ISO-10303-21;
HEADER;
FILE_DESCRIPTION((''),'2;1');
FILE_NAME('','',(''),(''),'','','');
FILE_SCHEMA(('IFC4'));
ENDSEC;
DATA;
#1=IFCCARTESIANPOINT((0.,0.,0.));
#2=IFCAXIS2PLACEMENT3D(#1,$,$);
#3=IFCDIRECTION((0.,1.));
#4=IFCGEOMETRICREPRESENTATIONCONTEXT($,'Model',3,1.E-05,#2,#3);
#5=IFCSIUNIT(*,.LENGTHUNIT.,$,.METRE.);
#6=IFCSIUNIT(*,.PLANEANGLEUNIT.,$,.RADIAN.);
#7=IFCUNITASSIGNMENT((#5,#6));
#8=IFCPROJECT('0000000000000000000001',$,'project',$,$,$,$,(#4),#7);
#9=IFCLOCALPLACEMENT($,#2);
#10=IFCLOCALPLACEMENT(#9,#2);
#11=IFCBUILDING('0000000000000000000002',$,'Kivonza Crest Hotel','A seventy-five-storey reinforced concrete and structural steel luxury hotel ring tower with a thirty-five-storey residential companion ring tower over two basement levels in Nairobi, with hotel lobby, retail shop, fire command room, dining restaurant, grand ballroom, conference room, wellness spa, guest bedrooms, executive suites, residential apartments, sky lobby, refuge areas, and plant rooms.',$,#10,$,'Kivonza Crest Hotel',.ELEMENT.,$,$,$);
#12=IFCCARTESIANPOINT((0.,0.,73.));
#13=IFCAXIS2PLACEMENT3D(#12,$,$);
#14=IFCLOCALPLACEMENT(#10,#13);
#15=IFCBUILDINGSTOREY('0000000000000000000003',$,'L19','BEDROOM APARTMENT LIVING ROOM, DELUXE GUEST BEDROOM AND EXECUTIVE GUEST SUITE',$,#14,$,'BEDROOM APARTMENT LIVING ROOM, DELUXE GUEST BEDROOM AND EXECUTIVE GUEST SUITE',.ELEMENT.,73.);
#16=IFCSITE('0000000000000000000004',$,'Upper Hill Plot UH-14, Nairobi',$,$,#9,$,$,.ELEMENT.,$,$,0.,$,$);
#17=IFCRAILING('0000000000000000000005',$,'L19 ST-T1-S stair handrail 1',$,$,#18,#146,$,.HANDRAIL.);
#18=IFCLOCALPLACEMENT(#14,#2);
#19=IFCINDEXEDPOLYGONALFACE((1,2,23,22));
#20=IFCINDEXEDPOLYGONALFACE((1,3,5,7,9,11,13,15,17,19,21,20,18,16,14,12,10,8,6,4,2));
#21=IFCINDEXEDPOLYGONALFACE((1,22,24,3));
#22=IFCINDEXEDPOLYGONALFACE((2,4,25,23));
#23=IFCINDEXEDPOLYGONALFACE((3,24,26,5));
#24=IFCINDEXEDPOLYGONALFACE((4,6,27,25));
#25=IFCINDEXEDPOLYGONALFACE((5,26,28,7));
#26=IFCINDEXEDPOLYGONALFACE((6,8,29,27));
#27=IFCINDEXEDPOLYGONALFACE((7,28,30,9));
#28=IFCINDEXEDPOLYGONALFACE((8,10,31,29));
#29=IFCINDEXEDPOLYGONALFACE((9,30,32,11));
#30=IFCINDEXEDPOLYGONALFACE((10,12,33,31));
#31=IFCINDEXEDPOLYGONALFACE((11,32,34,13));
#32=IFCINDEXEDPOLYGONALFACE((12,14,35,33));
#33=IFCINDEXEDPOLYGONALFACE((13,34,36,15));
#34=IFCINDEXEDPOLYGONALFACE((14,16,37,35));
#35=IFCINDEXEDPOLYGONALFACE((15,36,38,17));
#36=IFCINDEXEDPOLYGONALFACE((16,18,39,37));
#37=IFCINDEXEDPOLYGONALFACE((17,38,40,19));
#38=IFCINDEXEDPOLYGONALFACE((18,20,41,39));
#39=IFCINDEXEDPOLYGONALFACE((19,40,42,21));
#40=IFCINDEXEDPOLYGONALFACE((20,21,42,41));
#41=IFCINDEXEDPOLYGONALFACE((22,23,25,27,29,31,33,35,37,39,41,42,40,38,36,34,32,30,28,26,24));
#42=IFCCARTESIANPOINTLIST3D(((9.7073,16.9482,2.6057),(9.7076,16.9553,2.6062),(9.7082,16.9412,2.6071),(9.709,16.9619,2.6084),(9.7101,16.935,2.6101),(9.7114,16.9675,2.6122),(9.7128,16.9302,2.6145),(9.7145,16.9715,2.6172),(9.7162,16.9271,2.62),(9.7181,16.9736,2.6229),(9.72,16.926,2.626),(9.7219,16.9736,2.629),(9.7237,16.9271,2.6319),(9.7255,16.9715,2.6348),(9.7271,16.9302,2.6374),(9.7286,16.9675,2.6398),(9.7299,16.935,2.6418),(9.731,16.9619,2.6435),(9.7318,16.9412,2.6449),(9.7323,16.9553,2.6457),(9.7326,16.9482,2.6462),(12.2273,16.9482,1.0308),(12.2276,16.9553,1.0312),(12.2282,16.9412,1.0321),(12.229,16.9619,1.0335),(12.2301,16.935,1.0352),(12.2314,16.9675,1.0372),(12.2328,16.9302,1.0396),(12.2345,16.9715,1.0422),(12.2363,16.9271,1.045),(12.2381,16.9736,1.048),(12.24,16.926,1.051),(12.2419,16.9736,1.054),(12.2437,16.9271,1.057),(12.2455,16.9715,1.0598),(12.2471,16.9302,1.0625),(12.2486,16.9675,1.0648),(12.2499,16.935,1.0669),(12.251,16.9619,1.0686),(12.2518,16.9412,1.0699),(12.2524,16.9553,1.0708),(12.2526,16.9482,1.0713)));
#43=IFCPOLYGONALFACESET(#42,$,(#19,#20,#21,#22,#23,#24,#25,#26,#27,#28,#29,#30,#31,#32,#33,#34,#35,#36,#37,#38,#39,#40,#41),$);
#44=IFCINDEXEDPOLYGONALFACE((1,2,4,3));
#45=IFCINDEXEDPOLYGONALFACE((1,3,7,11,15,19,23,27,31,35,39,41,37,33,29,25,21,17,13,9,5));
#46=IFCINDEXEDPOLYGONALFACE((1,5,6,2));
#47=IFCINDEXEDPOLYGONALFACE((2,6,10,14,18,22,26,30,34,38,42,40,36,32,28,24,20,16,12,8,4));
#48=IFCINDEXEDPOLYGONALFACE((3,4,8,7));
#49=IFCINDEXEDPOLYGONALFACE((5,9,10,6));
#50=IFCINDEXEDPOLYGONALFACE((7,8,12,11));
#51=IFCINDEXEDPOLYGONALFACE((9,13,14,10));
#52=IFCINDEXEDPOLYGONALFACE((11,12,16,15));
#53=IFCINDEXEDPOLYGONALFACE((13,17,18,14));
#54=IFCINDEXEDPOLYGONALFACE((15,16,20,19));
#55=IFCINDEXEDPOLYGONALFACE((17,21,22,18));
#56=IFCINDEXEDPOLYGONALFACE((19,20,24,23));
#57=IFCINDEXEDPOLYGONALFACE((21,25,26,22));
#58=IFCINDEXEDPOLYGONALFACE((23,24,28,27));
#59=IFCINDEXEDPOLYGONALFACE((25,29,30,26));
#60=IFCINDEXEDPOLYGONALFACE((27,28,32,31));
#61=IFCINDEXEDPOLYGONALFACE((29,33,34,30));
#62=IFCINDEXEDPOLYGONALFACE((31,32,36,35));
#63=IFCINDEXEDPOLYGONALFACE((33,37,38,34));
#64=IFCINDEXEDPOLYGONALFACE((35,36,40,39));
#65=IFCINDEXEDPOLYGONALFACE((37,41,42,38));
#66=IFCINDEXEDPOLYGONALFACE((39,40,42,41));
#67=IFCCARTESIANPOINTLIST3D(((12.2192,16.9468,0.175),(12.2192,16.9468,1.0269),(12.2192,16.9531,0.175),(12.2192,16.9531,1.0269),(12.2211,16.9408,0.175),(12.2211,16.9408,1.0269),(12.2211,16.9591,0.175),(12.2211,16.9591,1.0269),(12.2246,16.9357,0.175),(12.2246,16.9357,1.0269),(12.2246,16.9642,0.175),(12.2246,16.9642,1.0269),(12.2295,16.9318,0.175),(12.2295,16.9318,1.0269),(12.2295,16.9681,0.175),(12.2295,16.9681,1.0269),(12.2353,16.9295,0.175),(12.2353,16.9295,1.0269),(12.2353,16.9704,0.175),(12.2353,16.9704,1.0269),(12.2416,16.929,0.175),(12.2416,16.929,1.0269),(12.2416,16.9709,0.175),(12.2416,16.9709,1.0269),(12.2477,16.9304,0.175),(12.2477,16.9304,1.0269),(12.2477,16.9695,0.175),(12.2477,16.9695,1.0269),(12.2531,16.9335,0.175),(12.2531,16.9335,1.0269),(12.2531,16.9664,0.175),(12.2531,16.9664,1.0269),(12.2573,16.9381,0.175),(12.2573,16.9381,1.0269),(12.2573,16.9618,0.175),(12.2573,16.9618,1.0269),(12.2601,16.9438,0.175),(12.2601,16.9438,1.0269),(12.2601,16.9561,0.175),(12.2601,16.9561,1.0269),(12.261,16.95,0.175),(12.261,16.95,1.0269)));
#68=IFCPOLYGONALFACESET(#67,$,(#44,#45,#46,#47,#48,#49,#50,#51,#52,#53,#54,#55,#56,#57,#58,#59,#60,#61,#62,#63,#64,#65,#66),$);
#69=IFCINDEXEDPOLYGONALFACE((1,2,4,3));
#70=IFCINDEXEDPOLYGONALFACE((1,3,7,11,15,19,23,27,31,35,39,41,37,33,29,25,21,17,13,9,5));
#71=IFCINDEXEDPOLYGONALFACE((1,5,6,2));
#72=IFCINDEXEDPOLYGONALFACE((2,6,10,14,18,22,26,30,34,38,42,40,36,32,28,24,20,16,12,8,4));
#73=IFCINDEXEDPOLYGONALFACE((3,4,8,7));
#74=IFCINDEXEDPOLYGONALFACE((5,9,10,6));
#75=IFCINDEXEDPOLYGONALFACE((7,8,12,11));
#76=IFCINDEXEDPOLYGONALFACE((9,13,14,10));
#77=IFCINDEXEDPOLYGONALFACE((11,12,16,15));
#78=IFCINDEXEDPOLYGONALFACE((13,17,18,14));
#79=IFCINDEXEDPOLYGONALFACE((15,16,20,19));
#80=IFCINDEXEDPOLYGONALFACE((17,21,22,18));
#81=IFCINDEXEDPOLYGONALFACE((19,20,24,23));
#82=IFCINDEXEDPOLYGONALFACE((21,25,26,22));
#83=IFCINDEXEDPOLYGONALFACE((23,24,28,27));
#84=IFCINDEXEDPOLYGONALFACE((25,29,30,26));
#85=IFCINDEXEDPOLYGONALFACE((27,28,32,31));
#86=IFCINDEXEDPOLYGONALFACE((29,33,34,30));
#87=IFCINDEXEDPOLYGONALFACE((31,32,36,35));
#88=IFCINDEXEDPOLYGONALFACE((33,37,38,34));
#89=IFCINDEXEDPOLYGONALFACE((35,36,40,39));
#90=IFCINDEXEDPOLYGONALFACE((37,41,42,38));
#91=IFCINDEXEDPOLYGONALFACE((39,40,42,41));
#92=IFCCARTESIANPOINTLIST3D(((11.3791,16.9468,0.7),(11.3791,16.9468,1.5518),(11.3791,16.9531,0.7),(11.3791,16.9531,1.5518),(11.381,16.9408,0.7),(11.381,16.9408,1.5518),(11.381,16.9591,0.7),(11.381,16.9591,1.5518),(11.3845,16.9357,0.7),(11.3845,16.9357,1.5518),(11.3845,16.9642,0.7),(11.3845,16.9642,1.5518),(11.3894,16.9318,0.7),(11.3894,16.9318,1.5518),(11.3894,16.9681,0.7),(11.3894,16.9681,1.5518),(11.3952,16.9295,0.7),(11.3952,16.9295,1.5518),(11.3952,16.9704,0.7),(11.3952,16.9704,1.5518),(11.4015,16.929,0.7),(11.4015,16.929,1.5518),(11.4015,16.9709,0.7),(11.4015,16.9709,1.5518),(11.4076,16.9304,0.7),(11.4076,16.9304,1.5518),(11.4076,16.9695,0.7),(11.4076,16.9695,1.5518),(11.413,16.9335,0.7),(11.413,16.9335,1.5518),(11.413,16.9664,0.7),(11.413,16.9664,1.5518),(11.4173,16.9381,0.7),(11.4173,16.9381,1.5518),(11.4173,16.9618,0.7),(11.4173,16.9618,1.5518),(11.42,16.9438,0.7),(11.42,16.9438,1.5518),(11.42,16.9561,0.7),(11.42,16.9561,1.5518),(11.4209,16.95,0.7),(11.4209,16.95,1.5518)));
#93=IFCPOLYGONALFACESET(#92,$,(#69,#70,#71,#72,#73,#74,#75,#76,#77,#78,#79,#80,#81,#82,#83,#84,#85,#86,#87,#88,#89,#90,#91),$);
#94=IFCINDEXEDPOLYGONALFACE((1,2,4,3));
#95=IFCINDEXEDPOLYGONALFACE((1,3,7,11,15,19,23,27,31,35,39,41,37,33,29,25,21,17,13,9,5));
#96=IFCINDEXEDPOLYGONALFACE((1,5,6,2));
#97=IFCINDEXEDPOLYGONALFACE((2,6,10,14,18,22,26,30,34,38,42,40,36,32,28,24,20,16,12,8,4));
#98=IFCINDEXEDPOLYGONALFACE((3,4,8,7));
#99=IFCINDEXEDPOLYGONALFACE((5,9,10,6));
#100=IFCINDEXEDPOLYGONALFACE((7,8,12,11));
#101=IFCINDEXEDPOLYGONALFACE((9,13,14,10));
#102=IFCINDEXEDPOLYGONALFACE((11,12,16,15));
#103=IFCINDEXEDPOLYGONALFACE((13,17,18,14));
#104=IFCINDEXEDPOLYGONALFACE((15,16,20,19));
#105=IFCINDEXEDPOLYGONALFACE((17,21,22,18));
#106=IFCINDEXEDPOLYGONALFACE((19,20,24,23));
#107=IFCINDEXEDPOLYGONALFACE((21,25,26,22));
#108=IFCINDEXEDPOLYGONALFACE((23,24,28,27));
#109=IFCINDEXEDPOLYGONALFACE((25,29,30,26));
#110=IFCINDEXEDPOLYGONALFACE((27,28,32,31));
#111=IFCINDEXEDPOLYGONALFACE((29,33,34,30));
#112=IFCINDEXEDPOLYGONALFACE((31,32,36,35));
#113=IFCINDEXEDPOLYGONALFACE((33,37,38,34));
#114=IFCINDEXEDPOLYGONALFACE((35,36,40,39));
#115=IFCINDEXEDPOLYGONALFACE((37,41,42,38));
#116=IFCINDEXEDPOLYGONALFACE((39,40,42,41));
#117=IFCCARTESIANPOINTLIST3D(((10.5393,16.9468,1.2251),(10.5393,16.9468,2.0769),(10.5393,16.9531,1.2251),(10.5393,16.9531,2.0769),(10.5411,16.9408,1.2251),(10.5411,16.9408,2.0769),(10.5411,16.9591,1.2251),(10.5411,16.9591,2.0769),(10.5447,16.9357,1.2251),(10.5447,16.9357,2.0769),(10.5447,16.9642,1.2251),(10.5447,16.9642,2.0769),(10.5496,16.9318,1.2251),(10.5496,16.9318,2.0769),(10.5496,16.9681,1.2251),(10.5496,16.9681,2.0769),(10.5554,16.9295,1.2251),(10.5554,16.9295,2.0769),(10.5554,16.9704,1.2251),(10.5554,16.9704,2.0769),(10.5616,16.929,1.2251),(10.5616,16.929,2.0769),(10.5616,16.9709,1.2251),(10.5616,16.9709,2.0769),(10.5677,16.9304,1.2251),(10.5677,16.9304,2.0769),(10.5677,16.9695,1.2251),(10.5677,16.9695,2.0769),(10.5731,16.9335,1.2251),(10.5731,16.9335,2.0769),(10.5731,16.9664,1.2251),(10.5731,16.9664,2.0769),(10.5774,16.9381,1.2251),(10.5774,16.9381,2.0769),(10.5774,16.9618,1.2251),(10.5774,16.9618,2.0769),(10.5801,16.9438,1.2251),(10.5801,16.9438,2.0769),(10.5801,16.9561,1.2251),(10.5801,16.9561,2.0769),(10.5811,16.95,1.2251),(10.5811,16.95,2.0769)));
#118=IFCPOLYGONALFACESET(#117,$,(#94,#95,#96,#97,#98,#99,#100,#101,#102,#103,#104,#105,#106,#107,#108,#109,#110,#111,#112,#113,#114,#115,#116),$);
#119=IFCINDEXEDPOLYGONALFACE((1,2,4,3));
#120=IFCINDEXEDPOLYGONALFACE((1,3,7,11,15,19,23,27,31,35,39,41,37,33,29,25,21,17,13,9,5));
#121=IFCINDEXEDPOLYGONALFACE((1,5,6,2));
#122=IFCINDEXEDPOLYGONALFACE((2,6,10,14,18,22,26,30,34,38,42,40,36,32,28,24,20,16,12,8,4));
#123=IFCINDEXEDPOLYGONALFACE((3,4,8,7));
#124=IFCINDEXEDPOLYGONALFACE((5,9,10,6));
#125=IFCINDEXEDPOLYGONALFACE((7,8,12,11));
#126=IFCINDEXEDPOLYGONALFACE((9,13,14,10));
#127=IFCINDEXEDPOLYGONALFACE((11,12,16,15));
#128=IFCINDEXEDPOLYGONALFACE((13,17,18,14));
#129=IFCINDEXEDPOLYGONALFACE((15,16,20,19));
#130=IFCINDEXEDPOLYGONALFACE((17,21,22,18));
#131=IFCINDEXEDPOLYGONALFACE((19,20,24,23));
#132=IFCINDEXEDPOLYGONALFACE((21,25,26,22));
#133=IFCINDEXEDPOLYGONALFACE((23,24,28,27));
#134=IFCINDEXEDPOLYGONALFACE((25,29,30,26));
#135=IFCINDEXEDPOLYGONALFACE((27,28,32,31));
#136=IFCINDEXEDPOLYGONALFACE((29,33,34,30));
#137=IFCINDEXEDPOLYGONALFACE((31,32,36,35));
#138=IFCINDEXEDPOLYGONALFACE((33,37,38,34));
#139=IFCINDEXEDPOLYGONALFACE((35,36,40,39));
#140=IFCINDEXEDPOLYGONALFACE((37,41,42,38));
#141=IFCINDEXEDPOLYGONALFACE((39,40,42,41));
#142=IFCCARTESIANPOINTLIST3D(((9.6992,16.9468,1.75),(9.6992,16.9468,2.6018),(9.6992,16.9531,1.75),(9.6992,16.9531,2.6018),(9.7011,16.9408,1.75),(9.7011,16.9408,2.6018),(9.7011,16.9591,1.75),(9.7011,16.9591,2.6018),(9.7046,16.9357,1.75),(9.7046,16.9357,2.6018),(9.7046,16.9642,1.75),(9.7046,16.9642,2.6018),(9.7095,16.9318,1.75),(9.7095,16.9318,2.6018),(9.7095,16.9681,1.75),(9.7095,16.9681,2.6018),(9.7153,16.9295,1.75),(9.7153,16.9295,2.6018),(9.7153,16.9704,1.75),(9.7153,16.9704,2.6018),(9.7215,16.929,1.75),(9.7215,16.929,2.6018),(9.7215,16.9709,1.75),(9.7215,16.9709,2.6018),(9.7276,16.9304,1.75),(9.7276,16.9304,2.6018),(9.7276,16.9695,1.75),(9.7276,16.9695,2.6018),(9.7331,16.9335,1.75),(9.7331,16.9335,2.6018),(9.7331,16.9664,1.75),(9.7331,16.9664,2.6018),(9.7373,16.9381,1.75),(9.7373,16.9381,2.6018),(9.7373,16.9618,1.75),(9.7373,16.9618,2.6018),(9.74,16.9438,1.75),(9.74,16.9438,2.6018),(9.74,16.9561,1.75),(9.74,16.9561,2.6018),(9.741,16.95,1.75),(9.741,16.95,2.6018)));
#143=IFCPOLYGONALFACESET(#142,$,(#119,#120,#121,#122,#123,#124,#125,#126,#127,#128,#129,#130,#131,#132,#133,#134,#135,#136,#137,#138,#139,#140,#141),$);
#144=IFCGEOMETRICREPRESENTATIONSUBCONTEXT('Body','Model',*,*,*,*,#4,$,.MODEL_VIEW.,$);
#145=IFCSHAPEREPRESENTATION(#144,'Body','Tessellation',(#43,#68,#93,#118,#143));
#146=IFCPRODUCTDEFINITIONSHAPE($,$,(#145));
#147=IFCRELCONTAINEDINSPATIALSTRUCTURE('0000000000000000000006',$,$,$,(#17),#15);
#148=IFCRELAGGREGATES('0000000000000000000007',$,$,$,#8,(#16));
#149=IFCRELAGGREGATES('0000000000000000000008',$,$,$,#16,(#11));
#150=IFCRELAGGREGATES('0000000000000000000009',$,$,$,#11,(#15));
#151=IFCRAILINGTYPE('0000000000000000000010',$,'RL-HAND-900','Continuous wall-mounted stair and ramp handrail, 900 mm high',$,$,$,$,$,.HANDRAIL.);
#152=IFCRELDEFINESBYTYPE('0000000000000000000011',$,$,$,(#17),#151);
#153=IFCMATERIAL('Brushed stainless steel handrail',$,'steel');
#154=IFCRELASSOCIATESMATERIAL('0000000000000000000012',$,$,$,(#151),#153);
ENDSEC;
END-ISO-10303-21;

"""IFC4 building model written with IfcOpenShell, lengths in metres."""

from ifc_helpers import new_model, si_unit, direction, frame, origin, origin_2d, place, context, subcontext, project, spatial, circle, extrude, material, type_object, element, save


model = new_model("IFC4")

# Units and contexts
model_context = context("Model", 3, precision=1e-05, world=origin(), true_north=direction((0.0, 1.0)))
body_context = subcontext(model_context, "Body", "Model", "MODEL_VIEW")
ifc_project = project(units=[si_unit("LENGTHUNIT", "METRE"), si_unit("PLANEANGLEUNIT", "RADIAN")], contexts=[model_context])

# Site, building, storey
site_placement = place(None, origin())
site = spatial("IfcSite", under=ifc_project, at=site_placement, Name="Upper Hill Plot UH-14, Nairobi", CompositionType="ELEMENT", RefElevation=0.0)
building_placement = place(site_placement, origin())
building = spatial("IfcBuilding", under=site, at=building_placement, Name="Kivonza Crest Hotel", Description="A seventy-five-storey reinforced concrete and structural steel luxury hotel ring tower with a thirty-five-storey residential companion ring tower over two basement levels in Nairobi, with hotel lobby, retail shop, fire command room, dining restaurant, grand ballroom, conference room, wellness spa, guest bedrooms, executive suites, residential apartments, sky lobby, refuge areas, and plant rooms.", LongName="Kivonza Crest Hotel", CompositionType="ELEMENT")
storey_placement = place(building_placement, frame((0.0, 0.0, 73.0)))
storey = spatial("IfcBuildingStorey", under=building, at=storey_placement, Name="L19", Description="BEDROOM APARTMENT LIVING ROOM, DELUXE GUEST BEDROOM AND EXECUTIVE GUEST SUITE", LongName="BEDROOM APARTMENT LIVING ROOM, DELUXE GUEST BEDROOM AND EXECUTIVE GUEST SUITE", CompositionType="ELEMENT", Elevation=73.0)

# Railing
ifc_material_1 = material(Name="Brushed stainless steel handrail", Category="steel")
railing_type_1 = type_object("IfcRailingType", Name="RL-HAND-900", Description="Continuous wall-mounted stair and ramp handrail, 900 mm high", PredefinedType="HANDRAIL", material=ifc_material_1)
railing_1_placement = place(storey_placement, frame((12.24, 16.95, 0.175)))
element("IfcRailing", 1, at=railing_1_placement, inside=storey, type_object=railing_type_1, Name="L19 ST-T1-S stair handrail 1", PredefinedType="HANDRAIL", context=body_context, shape_type="SweptSolid", body=[
    extrude(circle(Radius=0.0239, at=origin_2d()), frame((0.0, 0.0, 0.876), z_axis=(-0.848008, 0.0, 0.529984), x_axis=(0.0, -1.0, 0.0)), (0.0, 0.0, 1.0), 2.9717),
    extrude(circle(Radius=0.021, at=origin_2d()), origin(), (0.0, 0.0, 1.0), 0.8518),
    extrude(circle(Radius=0.021, at=origin_2d()), frame((-0.8401, 0.0, 0.5249)), (0.0, 0.0, 1.0), 0.8518),
    extrude(circle(Radius=0.021, at=origin_2d()), frame((-1.6799, 0.0, 1.05)), (0.0, 0.0, 1.0), 0.8518),
    extrude(circle(Radius=0.021, at=origin_2d()), frame((-2.52, 0.0, 1.575)), (0.0, 0.0, 1.0), 0.8518),
])

save(model, "model.ifc")
